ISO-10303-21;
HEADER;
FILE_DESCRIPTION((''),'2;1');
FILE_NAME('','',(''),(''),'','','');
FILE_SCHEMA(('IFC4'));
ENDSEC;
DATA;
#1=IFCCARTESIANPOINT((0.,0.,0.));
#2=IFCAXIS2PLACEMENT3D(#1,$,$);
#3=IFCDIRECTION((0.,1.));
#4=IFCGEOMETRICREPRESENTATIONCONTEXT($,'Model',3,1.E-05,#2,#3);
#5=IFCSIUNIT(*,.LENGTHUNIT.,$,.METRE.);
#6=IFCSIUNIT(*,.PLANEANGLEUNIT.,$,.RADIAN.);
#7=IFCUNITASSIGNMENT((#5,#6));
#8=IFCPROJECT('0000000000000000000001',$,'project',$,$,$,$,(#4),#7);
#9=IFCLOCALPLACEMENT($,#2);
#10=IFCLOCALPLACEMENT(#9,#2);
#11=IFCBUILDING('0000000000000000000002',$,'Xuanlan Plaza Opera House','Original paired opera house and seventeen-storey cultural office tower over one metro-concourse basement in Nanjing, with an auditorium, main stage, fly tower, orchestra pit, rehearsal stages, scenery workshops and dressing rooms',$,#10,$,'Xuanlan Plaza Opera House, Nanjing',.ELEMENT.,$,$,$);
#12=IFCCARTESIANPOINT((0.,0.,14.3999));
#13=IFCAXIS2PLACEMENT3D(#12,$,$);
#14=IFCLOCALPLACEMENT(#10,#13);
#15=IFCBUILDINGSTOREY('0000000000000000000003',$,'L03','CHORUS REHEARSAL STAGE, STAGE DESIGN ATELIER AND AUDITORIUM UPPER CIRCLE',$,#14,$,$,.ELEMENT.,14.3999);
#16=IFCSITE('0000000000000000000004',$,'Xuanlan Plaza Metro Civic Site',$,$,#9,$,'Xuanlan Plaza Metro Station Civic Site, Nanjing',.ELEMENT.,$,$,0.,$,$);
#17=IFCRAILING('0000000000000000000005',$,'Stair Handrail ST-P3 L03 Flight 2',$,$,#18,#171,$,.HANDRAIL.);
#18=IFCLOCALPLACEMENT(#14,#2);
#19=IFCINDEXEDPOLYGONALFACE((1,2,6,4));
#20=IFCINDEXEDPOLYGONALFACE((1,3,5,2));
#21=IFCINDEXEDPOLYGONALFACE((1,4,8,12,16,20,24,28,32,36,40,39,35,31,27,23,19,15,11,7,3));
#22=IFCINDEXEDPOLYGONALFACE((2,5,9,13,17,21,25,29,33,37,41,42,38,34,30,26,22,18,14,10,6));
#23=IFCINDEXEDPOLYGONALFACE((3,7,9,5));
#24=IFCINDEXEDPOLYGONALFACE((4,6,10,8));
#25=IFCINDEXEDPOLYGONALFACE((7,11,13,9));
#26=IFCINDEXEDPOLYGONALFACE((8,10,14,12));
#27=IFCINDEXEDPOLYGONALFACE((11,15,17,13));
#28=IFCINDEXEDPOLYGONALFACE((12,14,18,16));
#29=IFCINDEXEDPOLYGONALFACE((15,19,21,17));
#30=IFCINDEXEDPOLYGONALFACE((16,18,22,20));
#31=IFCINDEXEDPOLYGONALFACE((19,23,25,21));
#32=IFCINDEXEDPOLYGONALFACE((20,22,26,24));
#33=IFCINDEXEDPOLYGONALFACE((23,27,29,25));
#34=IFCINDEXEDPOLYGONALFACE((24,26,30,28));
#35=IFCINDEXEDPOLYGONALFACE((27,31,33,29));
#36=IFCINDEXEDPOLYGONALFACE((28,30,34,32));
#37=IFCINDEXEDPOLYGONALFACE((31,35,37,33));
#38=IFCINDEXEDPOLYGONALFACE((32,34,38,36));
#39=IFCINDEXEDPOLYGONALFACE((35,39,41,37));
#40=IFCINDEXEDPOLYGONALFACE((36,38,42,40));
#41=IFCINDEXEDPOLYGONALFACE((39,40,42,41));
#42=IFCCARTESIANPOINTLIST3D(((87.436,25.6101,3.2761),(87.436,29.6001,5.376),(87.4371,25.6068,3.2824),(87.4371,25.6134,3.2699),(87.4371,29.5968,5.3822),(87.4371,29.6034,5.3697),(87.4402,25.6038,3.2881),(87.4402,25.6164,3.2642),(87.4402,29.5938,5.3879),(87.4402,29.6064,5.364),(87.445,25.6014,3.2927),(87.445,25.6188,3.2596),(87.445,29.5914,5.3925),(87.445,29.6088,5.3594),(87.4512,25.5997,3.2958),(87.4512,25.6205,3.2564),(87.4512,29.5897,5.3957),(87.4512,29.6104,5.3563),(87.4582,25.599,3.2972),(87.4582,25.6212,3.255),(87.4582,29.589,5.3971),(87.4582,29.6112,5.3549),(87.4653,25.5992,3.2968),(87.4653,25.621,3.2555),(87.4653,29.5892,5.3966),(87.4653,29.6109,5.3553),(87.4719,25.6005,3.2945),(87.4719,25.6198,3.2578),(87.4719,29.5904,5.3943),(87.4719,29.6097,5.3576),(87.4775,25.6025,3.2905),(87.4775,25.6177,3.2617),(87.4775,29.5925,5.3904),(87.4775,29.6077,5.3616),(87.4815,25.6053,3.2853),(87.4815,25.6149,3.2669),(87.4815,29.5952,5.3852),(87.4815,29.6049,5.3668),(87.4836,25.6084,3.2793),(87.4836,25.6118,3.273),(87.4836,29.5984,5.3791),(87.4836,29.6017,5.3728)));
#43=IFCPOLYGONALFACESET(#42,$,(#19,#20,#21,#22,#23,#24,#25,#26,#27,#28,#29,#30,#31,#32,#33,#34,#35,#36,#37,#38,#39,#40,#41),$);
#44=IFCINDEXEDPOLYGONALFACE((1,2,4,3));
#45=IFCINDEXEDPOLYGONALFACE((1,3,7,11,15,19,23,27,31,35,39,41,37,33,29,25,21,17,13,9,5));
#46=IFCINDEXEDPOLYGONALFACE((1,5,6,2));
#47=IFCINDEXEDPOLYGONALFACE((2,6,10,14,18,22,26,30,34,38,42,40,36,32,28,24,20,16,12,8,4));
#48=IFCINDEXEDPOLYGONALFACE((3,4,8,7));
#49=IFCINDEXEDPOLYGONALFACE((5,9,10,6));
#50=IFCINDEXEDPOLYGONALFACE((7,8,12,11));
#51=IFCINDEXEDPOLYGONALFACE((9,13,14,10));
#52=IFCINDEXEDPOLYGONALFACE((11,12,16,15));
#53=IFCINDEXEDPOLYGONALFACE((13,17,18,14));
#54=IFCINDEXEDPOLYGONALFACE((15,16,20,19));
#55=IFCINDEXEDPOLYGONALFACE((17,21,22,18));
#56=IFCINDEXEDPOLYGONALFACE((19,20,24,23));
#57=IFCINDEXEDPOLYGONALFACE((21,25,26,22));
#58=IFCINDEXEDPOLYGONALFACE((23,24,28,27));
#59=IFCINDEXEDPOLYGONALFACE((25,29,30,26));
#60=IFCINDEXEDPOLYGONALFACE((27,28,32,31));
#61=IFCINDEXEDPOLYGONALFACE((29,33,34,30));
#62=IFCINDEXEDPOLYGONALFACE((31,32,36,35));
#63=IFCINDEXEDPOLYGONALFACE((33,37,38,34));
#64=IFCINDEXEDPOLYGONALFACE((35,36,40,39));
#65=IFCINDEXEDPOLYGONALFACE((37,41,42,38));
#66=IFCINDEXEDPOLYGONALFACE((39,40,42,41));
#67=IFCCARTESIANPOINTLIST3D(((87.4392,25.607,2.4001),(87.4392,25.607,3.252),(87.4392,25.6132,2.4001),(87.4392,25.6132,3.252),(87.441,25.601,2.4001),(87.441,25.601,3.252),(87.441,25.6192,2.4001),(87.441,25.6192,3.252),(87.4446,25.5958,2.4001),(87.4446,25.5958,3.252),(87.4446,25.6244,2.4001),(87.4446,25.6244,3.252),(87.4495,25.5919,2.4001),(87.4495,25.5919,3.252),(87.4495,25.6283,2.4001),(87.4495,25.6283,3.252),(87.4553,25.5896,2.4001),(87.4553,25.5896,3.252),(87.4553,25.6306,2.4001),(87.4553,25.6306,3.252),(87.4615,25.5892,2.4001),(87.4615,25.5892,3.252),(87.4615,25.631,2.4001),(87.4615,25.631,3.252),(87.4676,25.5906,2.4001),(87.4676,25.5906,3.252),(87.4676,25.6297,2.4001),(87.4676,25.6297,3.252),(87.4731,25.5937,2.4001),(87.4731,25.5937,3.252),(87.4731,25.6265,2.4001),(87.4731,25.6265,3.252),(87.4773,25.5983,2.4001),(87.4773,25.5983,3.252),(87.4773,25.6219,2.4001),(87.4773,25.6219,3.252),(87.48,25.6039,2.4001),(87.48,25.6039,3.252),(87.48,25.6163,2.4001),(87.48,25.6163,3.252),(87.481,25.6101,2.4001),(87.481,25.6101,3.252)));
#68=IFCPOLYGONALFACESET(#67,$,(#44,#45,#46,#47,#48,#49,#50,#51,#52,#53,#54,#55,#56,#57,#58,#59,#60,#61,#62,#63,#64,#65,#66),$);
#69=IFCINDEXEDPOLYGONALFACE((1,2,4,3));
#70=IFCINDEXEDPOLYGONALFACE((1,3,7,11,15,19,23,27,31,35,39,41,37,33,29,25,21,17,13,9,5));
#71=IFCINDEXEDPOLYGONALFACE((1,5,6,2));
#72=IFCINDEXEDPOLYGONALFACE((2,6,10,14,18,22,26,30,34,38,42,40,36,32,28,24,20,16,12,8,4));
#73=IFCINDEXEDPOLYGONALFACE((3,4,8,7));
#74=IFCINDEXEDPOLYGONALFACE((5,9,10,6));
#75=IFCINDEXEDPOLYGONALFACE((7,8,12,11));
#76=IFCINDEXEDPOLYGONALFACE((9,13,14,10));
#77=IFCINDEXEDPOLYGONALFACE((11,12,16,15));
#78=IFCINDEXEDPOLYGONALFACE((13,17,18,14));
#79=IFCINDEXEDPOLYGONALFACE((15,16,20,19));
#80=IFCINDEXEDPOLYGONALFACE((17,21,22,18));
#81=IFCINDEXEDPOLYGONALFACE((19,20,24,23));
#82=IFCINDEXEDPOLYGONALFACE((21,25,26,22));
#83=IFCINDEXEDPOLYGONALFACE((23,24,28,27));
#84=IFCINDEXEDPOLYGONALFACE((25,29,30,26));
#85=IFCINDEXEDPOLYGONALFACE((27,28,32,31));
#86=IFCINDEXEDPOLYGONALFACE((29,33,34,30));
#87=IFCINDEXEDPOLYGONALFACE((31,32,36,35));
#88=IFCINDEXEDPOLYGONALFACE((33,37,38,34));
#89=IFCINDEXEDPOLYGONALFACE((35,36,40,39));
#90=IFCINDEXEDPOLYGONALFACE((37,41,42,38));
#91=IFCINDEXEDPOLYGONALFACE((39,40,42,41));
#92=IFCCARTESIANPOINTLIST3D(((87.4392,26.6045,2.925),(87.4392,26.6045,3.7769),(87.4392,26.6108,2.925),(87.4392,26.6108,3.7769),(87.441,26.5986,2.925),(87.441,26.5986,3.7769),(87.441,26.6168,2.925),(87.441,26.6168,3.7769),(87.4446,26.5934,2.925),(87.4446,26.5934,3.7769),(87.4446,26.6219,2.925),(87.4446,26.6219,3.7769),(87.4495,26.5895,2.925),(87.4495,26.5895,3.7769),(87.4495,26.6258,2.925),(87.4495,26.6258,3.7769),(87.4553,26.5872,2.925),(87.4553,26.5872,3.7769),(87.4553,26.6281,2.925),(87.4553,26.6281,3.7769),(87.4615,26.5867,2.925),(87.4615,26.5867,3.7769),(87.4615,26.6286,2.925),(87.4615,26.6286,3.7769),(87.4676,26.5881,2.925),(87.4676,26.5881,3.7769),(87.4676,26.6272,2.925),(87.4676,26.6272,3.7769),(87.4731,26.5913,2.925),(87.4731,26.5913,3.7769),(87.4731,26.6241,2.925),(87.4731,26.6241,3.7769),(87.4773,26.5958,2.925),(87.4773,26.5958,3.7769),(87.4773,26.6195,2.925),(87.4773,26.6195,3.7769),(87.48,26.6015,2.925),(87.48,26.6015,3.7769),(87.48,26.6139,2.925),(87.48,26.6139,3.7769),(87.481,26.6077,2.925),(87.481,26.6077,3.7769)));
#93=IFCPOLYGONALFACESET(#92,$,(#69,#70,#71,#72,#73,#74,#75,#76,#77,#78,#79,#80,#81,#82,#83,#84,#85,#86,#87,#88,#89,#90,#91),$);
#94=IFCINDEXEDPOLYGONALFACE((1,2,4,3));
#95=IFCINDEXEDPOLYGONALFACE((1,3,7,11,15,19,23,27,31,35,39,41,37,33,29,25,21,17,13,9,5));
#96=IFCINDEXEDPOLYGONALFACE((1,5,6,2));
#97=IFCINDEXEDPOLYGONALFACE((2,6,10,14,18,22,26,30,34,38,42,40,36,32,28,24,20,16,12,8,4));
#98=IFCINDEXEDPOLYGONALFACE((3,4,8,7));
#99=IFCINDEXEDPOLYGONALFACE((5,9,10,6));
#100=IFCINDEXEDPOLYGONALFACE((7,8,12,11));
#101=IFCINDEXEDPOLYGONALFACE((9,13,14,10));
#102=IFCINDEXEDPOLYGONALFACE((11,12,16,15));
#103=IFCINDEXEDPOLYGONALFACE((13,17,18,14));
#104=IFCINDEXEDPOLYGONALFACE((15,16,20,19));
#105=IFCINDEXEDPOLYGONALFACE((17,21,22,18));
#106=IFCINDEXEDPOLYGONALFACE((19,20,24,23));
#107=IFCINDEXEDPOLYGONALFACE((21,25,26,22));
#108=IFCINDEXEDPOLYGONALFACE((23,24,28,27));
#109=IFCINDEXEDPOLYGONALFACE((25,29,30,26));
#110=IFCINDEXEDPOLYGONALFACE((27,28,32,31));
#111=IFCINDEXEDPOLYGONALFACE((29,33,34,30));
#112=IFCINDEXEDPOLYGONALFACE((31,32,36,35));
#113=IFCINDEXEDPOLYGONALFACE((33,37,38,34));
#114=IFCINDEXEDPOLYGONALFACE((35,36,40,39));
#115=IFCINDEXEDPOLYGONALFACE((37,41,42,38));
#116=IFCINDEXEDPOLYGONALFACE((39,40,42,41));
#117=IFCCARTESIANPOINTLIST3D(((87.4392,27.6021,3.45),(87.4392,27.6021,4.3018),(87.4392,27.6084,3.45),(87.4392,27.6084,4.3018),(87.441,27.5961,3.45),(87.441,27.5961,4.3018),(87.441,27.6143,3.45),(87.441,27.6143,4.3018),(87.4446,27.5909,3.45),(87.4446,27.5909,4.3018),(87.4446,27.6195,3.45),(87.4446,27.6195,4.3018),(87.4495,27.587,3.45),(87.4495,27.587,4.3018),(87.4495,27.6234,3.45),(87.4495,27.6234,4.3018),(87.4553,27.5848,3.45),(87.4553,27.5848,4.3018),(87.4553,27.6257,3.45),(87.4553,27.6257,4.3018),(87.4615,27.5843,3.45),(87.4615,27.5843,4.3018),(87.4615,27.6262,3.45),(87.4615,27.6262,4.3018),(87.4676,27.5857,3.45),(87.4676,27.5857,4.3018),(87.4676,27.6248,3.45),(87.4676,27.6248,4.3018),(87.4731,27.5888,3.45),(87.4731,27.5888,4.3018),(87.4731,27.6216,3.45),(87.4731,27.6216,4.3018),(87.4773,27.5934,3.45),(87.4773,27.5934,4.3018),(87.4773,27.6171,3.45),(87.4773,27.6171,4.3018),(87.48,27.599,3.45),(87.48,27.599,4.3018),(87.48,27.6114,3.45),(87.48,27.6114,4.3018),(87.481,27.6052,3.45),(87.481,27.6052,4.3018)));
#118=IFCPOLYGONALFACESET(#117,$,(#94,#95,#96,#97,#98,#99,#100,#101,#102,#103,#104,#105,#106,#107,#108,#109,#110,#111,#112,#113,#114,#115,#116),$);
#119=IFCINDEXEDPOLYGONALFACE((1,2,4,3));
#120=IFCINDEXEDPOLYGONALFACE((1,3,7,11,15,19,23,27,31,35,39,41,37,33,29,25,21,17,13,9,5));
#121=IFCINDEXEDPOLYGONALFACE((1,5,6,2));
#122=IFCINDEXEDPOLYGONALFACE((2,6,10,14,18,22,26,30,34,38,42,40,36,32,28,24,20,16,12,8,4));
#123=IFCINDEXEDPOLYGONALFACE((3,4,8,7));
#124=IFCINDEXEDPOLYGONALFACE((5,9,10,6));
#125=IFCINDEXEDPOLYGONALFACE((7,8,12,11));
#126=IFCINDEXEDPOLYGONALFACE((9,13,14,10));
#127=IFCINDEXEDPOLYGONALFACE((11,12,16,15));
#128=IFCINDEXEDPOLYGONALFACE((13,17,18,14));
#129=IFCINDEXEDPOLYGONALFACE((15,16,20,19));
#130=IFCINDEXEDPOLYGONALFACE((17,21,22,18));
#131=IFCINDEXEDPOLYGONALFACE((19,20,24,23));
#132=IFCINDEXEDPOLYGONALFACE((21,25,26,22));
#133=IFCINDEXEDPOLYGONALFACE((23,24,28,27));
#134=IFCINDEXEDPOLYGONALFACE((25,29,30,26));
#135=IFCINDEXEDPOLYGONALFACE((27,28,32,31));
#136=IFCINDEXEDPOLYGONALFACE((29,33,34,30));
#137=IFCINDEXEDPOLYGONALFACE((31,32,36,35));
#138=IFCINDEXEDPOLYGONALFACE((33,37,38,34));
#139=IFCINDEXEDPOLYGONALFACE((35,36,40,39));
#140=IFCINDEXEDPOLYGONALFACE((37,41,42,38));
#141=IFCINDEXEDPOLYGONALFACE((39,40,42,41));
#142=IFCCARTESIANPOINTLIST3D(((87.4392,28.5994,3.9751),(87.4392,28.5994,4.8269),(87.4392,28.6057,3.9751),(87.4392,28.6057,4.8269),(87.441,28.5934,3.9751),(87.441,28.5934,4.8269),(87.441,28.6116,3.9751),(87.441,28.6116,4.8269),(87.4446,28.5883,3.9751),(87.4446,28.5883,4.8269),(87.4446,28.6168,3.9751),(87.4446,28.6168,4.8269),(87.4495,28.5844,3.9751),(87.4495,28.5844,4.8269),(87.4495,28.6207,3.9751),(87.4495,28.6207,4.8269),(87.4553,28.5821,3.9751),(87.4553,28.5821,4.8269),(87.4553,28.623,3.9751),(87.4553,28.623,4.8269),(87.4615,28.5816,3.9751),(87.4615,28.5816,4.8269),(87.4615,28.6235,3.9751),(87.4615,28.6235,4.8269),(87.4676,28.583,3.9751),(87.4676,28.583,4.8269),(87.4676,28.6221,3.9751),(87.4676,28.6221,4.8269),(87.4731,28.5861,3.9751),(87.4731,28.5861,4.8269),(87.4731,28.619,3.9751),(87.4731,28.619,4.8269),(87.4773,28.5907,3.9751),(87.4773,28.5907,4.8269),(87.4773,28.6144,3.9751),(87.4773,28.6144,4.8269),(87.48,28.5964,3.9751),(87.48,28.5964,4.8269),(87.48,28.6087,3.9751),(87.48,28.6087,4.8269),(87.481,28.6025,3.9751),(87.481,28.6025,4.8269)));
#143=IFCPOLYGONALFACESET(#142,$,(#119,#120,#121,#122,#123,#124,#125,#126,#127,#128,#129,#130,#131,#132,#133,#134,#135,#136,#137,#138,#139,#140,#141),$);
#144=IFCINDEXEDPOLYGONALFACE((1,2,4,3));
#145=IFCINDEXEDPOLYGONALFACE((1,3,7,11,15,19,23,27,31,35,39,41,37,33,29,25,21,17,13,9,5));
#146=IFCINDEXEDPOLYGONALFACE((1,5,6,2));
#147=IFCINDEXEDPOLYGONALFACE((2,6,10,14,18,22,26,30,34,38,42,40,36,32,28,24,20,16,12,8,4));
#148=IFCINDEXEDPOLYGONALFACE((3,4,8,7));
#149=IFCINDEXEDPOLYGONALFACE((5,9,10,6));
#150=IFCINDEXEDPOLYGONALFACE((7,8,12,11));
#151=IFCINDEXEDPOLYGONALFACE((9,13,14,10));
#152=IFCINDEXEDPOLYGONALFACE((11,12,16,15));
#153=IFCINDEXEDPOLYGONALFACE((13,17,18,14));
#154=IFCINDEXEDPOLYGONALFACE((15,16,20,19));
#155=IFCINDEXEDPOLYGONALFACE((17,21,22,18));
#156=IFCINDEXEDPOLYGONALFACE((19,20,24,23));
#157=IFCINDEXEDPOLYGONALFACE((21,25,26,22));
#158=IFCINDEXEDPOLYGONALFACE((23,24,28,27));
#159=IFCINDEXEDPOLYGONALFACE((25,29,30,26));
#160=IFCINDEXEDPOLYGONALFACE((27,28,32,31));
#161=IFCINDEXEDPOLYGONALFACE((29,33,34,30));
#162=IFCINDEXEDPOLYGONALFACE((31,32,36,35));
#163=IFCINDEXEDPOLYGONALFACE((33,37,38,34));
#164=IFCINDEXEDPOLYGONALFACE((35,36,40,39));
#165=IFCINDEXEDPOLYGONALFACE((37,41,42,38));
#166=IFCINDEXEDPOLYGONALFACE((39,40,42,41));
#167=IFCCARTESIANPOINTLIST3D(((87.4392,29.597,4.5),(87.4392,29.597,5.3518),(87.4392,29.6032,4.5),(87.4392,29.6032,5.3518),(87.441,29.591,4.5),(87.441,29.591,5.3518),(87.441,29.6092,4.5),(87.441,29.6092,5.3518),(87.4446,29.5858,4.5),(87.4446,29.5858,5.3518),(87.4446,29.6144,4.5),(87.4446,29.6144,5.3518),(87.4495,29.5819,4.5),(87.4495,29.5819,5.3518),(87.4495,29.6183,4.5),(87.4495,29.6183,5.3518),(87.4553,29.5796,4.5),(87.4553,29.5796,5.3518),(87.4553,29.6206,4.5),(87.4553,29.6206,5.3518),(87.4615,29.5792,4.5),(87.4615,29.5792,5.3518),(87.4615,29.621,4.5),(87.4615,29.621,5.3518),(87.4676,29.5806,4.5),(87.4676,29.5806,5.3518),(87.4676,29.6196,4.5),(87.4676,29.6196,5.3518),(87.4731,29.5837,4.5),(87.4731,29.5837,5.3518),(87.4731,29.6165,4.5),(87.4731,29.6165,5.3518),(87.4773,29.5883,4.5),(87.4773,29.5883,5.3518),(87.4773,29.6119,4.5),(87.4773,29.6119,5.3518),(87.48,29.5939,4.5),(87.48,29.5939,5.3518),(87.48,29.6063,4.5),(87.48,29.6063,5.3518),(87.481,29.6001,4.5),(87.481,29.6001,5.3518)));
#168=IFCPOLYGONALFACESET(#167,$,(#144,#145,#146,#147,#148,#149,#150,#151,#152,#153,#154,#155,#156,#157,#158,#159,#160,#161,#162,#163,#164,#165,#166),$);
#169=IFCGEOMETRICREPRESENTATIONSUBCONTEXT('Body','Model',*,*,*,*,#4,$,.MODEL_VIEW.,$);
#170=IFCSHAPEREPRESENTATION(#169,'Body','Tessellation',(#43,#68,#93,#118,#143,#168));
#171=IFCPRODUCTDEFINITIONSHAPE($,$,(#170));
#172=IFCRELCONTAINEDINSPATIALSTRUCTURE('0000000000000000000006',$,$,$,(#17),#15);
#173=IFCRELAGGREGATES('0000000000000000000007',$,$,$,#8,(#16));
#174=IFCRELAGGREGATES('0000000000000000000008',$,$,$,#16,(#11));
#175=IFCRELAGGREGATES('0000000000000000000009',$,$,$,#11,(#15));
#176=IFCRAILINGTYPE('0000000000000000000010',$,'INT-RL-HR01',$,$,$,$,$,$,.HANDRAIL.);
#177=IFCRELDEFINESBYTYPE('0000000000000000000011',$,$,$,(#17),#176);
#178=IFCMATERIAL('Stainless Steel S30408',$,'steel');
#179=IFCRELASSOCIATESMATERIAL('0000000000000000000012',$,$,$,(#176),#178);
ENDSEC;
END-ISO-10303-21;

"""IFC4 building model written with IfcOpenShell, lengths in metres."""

from ifc_helpers import new_model, si_unit, direction, frame, origin, origin_2d, place, context, subcontext, project, spatial, circle, extrude, material, type_object, element, save


model = new_model("IFC4")

# Units and contexts
model_context = context("Model", 3, precision=1e-05, world=origin(), true_north=direction((0.0, 1.0)))
body_context = subcontext(model_context, "Body", "Model", "MODEL_VIEW")
ifc_project = project(units=[si_unit("LENGTHUNIT", "METRE"), si_unit("PLANEANGLEUNIT", "RADIAN")], contexts=[model_context])

# Site, building, storey
site_placement = place(None, origin())
site = spatial("IfcSite", under=ifc_project, at=site_placement, Name="Xuanlan Plaza Metro Civic Site", LongName="Xuanlan Plaza Metro Station Civic Site, Nanjing", CompositionType="ELEMENT", RefElevation=0.0)
building_placement = place(site_placement, origin())
building = spatial("IfcBuilding", under=site, at=building_placement, Name="Xuanlan Plaza Opera House", Description="Original paired opera house and seventeen-storey cultural office tower over one metro-concourse basement in Nanjing, with an auditorium, main stage, fly tower, orchestra pit, rehearsal stages, scenery workshops and dressing rooms", LongName="Xuanlan Plaza Opera House, Nanjing", CompositionType="ELEMENT")
storey_placement = place(building_placement, frame((0.0, 0.0, 14.3999)))
storey = spatial("IfcBuildingStorey", under=building, at=storey_placement, Name="L03", Description="CHORUS REHEARSAL STAGE, STAGE DESIGN ATELIER AND AUDITORIUM UPPER CIRCLE", CompositionType="ELEMENT", Elevation=14.3999)

# Railing
ifc_material_1 = material(Name="Stainless Steel S30408", Category="steel")
railing_type = type_object("IfcRailingType", Name="INT-RL-HR01", PredefinedType="HANDRAIL", material=ifc_material_1)
for number, where, name in (
    (1, (87.46, 25.6101, 2.4001), "Stair Handrail ST-P3 L03 Flight 2"),
):
    element("IfcRailing", number, at=place(storey_placement, frame(where)), inside=storey, type_object=railing_type, Name=name, PredefinedType="HANDRAIL", context=body_context, shape_type="SweptSolid", body=[
        extrude(circle(Radius=0.0239, at=origin_2d()), frame((0.0, 0.0, 0.876), z_axis=(0.0, 0.884931, 0.465722), x_axis=(-1.0, 0.0, 0.0)), (0.0, 0.0, 1.0), 4.5088),
        extrude(circle(Radius=0.021, at=origin_2d()), origin(), (0.0, 0.0, 1.0), 0.8518),
        extrude(circle(Radius=0.021, at=origin_2d()), frame((0.0, 0.9976, 0.5249)), (0.0, 0.0, 1.0), 0.8518),
        extrude(circle(Radius=0.021, at=origin_2d()), frame((0.0, 1.9951, 1.0498)), (0.0, 0.0, 1.0), 0.8518),
        extrude(circle(Radius=0.021, at=origin_2d()), frame((0.0, 2.9924, 1.575)), (0.0, 0.0, 1.0), 0.8518),
        extrude(circle(Radius=0.021, at=origin_2d()), frame((0.0, 3.99, 2.0999)), (0.0, 0.0, 1.0), 0.8518),
    ])

save(model, "model.ifc")
